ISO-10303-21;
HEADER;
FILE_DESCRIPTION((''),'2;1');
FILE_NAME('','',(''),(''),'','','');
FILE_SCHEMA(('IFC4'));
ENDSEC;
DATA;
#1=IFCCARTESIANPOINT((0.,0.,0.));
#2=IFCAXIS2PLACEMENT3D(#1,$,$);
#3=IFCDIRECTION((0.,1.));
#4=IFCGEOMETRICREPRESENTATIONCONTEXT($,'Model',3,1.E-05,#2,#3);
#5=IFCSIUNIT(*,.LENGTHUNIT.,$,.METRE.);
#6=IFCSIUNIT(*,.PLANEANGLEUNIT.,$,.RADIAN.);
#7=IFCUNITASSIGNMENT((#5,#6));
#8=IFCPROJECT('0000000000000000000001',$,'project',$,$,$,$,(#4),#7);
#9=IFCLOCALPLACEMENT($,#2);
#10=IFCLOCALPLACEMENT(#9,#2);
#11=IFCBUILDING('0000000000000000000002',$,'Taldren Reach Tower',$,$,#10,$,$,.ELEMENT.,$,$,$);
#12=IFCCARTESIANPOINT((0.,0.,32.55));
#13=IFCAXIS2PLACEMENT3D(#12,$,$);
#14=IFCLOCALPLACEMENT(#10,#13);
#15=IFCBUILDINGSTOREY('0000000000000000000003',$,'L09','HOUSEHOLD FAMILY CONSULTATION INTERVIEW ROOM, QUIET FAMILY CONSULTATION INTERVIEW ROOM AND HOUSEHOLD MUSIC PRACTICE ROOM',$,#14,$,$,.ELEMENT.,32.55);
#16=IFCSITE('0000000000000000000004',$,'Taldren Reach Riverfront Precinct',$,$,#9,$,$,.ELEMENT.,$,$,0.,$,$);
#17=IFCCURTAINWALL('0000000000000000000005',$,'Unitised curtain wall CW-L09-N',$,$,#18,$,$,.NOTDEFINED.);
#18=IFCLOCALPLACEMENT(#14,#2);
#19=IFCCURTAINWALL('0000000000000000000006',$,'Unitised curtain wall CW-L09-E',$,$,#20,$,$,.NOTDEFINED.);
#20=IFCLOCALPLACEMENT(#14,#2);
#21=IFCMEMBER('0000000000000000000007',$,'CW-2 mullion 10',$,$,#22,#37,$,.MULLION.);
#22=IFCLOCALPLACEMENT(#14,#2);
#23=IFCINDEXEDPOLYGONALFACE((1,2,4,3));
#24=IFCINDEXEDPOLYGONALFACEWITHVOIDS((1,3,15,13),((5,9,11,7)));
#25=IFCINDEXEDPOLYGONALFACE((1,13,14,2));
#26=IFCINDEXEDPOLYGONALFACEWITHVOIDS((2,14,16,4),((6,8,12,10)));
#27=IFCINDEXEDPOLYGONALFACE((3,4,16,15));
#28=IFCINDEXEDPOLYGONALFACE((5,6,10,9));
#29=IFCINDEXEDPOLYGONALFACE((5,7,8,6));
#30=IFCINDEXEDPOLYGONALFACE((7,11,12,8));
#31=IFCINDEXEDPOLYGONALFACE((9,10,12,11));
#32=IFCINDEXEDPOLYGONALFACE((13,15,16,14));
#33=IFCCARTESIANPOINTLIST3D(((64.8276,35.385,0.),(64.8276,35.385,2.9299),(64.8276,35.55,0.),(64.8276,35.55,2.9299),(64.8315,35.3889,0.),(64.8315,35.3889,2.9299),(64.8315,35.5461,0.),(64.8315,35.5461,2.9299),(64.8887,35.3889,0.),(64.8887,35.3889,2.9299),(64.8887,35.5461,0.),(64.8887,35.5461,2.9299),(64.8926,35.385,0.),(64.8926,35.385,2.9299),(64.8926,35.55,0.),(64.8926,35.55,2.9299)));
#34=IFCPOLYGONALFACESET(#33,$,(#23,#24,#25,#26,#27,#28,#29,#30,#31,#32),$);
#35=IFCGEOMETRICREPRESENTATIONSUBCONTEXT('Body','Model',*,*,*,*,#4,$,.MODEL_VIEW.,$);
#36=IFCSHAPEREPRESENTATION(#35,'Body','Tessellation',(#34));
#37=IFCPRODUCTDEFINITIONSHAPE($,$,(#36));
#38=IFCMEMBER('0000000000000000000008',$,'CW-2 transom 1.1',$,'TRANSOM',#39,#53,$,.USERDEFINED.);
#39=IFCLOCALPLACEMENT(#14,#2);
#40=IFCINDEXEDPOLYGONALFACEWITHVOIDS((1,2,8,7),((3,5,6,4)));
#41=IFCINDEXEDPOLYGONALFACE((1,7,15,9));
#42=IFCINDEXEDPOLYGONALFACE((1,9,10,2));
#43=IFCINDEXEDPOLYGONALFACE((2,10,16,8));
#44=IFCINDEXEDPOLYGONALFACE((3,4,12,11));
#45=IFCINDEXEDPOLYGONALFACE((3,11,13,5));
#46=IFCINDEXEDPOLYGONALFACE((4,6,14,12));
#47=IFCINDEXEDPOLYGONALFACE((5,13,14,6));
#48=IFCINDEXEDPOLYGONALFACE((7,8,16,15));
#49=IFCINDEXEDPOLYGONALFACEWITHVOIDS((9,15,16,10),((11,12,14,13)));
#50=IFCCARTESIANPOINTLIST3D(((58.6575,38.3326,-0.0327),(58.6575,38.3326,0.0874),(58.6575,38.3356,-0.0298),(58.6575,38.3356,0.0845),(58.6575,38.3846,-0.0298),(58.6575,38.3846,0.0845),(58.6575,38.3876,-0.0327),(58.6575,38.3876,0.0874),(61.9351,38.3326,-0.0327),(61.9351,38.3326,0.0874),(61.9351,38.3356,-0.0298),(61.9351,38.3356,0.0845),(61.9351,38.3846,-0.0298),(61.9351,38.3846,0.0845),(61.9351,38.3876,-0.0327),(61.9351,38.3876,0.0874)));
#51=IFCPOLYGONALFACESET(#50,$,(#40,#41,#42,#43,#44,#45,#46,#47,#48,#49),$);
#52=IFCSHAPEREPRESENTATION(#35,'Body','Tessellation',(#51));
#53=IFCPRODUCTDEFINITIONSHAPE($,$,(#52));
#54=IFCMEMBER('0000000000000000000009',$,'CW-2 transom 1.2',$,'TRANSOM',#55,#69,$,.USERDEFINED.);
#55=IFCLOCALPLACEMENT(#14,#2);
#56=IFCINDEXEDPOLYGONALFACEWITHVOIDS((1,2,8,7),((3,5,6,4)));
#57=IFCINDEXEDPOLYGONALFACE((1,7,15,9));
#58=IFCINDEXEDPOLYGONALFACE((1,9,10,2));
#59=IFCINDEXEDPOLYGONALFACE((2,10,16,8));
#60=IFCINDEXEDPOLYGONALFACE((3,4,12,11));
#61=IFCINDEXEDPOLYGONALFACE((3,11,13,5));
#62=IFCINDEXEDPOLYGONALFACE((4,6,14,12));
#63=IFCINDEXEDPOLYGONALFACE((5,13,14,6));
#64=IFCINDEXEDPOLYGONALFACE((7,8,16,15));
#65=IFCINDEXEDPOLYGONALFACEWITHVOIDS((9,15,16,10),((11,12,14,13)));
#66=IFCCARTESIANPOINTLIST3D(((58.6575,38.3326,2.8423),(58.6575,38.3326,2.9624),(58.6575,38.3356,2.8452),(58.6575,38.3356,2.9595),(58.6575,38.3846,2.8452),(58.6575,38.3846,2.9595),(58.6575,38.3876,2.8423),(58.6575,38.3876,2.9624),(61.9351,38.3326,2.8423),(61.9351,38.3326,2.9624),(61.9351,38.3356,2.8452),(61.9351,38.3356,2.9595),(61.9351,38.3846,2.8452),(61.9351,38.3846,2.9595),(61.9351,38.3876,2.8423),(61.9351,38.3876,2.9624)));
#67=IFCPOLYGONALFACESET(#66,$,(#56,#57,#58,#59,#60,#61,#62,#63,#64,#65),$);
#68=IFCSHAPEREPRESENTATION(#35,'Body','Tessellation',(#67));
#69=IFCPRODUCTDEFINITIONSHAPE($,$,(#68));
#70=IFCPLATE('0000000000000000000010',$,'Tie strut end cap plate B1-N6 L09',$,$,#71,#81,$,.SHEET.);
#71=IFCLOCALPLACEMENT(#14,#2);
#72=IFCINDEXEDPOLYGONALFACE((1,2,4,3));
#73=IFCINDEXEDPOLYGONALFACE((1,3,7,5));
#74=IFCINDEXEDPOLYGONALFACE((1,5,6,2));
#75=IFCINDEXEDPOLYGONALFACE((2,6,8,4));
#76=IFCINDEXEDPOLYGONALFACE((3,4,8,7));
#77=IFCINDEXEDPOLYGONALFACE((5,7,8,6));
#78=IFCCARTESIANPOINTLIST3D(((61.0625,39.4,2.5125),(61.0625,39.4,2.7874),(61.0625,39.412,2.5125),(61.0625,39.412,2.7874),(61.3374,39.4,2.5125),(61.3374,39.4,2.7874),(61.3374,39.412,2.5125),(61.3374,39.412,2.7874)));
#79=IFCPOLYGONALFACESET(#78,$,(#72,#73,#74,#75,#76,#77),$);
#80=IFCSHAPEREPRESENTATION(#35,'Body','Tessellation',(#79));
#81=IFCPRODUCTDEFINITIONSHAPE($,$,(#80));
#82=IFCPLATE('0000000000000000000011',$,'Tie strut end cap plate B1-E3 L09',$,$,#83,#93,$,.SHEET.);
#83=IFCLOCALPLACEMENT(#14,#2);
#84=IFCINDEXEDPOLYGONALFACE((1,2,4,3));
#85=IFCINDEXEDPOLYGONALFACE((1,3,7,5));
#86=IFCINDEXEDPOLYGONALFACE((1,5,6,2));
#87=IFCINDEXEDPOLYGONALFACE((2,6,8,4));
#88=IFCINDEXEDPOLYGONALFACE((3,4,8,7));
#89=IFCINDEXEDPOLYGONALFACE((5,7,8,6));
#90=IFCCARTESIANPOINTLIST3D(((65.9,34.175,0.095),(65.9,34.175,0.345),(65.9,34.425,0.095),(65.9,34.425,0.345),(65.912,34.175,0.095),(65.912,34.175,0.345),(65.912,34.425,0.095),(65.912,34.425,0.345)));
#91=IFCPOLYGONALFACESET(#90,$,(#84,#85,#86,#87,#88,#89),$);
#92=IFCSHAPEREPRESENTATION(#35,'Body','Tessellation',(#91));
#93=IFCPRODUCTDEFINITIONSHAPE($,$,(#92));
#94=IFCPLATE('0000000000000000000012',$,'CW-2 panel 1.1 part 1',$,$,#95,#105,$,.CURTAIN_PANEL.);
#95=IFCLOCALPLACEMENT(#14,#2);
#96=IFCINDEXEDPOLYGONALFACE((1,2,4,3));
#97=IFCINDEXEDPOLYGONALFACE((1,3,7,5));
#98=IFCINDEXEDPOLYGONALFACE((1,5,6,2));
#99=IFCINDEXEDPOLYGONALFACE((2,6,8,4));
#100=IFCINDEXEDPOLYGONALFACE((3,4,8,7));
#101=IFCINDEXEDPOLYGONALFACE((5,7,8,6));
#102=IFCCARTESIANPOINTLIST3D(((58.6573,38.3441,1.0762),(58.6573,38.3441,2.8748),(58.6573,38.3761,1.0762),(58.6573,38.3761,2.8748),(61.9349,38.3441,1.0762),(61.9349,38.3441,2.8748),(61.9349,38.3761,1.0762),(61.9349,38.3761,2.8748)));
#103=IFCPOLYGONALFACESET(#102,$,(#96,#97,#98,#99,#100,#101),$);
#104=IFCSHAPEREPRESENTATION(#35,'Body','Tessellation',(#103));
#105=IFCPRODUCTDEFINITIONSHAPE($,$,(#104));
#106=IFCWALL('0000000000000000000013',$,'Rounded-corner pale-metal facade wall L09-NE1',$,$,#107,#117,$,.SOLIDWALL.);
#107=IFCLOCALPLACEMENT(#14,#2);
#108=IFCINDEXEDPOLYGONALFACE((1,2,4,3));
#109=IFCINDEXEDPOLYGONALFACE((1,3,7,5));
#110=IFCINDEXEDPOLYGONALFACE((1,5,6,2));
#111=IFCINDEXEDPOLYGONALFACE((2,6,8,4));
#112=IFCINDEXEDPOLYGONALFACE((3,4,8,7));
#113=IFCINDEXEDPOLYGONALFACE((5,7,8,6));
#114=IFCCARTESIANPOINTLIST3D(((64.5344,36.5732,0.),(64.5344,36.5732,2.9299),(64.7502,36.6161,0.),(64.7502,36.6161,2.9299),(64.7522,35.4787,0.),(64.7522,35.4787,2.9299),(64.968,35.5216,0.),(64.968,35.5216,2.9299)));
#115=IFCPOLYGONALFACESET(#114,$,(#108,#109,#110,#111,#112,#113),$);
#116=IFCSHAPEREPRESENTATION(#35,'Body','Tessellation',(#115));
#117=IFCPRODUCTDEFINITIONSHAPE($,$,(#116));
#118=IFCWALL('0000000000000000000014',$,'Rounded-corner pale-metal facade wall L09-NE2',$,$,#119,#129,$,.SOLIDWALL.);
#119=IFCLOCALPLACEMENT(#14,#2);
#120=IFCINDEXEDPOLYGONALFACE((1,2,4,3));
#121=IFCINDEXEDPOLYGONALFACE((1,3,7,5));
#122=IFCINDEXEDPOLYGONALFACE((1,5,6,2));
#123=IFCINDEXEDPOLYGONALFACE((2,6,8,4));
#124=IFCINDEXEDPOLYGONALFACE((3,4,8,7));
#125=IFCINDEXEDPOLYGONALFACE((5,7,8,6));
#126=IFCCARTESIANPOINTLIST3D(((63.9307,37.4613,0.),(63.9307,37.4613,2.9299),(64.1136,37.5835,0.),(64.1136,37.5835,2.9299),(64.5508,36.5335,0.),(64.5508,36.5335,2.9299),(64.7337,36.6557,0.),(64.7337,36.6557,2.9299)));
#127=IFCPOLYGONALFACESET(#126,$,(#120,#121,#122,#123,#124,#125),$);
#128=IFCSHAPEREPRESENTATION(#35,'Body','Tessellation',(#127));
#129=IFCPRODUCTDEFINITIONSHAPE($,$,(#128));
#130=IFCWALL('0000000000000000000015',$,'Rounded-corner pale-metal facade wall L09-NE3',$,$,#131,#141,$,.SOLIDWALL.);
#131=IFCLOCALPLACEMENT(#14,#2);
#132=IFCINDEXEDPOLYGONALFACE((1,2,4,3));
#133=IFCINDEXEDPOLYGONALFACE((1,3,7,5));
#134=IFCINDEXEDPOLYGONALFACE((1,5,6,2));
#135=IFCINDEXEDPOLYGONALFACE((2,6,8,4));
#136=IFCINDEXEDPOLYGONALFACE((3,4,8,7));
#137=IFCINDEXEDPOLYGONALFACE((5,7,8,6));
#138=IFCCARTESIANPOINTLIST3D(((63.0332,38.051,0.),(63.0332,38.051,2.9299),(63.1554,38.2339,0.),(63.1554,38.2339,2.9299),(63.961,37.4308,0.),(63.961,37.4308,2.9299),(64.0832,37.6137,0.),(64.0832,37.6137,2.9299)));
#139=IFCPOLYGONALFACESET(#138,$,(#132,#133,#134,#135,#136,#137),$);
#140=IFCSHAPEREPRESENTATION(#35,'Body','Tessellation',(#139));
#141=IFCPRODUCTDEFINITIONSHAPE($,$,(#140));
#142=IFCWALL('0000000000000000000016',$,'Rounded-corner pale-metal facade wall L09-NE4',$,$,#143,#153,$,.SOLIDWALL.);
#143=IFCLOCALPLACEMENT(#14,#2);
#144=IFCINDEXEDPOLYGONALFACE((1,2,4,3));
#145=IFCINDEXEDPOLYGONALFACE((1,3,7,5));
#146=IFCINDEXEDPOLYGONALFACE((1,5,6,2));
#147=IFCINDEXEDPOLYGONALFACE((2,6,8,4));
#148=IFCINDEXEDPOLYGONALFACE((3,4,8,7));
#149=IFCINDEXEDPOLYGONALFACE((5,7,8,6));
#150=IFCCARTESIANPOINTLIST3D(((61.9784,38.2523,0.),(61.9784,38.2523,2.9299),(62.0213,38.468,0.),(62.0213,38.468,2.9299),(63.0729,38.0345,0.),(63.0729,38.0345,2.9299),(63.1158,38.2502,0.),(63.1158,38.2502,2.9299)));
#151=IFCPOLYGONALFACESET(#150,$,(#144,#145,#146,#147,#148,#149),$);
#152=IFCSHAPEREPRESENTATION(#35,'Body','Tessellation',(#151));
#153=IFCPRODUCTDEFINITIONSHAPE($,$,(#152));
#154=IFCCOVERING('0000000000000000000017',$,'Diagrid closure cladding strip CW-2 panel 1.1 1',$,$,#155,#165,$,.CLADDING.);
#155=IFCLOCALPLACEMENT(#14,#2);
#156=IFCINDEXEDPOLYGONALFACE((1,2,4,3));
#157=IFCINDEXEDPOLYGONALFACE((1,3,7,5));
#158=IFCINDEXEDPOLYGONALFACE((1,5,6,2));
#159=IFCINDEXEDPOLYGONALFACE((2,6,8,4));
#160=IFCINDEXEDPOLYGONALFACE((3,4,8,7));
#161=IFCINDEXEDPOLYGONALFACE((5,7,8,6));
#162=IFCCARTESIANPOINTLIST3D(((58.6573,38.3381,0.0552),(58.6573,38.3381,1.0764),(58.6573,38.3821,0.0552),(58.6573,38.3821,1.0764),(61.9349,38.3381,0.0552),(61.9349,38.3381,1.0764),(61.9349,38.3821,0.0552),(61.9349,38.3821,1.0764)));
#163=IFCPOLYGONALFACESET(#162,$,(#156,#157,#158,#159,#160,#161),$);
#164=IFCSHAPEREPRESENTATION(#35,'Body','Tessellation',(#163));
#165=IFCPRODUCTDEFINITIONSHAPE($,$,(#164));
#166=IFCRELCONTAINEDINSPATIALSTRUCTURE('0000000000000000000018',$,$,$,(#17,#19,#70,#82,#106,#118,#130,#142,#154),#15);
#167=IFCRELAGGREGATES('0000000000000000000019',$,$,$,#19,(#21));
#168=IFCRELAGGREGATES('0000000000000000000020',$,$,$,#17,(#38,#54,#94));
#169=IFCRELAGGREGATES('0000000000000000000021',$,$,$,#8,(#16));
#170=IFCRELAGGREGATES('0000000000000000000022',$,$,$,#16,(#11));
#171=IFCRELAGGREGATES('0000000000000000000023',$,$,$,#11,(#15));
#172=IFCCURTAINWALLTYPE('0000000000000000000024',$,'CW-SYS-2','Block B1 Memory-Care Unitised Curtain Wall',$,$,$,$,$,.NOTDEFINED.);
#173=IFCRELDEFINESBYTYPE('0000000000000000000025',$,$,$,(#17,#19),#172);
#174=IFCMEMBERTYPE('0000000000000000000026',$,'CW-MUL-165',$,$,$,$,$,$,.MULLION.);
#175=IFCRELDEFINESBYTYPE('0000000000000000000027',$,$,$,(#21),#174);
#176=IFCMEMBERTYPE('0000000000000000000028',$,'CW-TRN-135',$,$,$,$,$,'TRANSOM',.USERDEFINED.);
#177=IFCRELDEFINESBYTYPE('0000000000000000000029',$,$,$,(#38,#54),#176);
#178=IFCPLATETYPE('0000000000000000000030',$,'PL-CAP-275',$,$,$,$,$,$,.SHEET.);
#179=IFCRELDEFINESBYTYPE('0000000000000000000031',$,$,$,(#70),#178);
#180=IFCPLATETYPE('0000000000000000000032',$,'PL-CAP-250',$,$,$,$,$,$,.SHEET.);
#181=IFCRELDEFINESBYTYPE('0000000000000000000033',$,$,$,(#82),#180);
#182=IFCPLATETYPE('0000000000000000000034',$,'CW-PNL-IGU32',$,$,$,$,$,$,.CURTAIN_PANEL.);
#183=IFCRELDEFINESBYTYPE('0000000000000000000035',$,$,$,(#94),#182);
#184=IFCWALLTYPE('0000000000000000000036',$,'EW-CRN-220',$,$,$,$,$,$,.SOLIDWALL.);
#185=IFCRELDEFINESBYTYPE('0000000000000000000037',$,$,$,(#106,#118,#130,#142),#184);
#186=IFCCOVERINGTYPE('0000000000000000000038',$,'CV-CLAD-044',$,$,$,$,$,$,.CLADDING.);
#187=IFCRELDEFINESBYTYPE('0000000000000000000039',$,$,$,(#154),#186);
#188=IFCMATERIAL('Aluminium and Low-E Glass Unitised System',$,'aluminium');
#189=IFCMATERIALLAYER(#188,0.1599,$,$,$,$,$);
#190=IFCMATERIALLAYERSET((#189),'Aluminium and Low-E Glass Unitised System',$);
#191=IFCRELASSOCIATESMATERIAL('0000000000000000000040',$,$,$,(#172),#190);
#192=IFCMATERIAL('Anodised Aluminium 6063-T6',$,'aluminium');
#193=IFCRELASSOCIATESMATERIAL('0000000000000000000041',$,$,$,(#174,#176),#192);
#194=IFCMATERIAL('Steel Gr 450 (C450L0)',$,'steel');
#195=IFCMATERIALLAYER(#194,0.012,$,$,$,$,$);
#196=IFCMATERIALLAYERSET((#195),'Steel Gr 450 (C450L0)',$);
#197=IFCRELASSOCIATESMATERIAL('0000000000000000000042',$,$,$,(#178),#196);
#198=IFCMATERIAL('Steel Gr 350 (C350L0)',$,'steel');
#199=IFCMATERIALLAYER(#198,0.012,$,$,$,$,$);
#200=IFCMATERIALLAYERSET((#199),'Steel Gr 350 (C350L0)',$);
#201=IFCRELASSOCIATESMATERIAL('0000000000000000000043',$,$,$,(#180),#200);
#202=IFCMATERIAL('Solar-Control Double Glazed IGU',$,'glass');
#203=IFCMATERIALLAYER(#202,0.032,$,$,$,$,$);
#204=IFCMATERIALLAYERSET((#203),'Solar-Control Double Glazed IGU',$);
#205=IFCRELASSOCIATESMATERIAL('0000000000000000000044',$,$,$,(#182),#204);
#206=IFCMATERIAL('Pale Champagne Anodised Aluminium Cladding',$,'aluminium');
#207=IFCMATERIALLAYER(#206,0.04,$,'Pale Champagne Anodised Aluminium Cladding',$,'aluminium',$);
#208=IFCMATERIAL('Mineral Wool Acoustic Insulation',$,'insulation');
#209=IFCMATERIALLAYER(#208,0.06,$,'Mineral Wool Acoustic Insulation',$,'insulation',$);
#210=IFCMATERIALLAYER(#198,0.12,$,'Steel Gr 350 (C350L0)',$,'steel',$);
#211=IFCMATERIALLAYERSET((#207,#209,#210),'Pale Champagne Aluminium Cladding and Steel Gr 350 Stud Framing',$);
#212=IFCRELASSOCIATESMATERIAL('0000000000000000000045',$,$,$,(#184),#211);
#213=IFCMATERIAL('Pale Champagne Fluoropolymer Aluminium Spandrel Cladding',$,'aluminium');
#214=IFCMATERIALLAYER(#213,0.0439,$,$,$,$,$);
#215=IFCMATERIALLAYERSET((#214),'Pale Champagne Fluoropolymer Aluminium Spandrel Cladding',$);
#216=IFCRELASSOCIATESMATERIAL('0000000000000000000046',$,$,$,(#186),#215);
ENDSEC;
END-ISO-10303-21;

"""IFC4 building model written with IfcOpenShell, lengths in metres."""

from ifc_helpers import new_model, si_unit, direction, frame, frame_2d, origin, origin_2d, place, context, subcontext, project, spatial, rectangle, hollow_rectangle, extrude, source, transform, mapped, material, layer, layer_set, material_profile, profile_set, type_object, element, aggregate, save


model = new_model("IFC4")

# Units and contexts
model_context = context("Model", 3, precision=1e-05, world=origin(), true_north=direction((0.0, 1.0)))
body_context = subcontext(model_context, "Body", "Model", "MODEL_VIEW")
ifc_project = project(units=[si_unit("LENGTHUNIT", "METRE"), si_unit("PLANEANGLEUNIT", "RADIAN")], contexts=[model_context])

# Site, building, storey
site_placement = place(None, origin())
site = spatial("IfcSite", under=ifc_project, at=site_placement, Name="Taldren Reach Riverfront Precinct", CompositionType="ELEMENT", RefElevation=0.0)
building_placement = place(site_placement, origin())
building = spatial("IfcBuilding", under=site, at=building_placement, Name="Taldren Reach Tower", CompositionType="ELEMENT")
storey_placement = place(building_placement, frame((0.0, 0.0, 32.55)))
storey = spatial("IfcBuildingStorey", under=building, at=storey_placement, Name="L09", Description="HOUSEHOLD FAMILY CONSULTATION INTERVIEW ROOM, QUIET FAMILY CONSULTATION INTERVIEW ROOM AND HOUSEHOLD MUSIC PRACTICE ROOM", CompositionType="ELEMENT", Elevation=32.55)

# Shared definitions
ifc_material_1 = material(Name="Steel Gr 450 (C450L0)", Category="steel")
ifc_material_2 = material(Name="Steel Gr 350 (C350L0)", Category="steel")

# Curtain walls, member
ifc_material_3 = material(Name="Aluminium and Low-E Glass Unitised System", Category="aluminium")
ifc_layer_1 = layer(ifc_material_3, 0.1599)
ifc_layer_set_1 = layer_set([ifc_layer_1], Name="Aluminium and Low-E Glass Unitised System")
curtain_wall_type = type_object("IfcCurtainWallType", Name="CW-SYS-2", Description="Block B1 Memory-Care Unitised Curtain Wall", PredefinedType="NOTDEFINED", material=ifc_layer_set_1)
curtain_wall_1_placement = place(storey_placement, origin())
curtain_wall_1 = element("IfcCurtainWall", 1, at=curtain_wall_1_placement, inside=storey, type_object=curtain_wall_type, Name="Unitised curtain wall CW-L09-N", PredefinedType="NOTDEFINED")
ifc_material_4 = material(Name="Anodised Aluminium 6063-T6", Category="aluminium")
ifc_material_profile_1 = material_profile(ifc_material_4, hollow_rectangle(XDim=0.0649, YDim=0.165, WallThickness=0.0039, at=origin_2d()), Name="ALU-165x65x4RHS")
ifc_profile_set_1 = profile_set([ifc_material_profile_1], Name="Anodised Aluminium 6063-T6")
member_type_1 = type_object("IfcMemberType", Name="CW-MUL-165", PredefinedType="MULLION", material=ifc_profile_set_1)
shared_shape_1 = source(origin(), body_context, "Body", "SweptSolid", [
    extrude(hollow_rectangle(XDim=0.0649, YDim=0.165, WallThickness=0.0039, at=origin_2d()), origin(), (0.0, 0.0, 1.0), 2.9299),
])
curtain_wall_2_placement = place(storey_placement, origin())
curtain_wall_2 = element("IfcCurtainWall", 2, at=curtain_wall_2_placement, inside=storey, type_object=curtain_wall_type, Name="Unitised curtain wall CW-L09-E", PredefinedType="NOTDEFINED")
member_1_placement = place(storey_placement, frame((64.8601, 35.4675, 0.0), z_axis=(0.0, 0.0, 1.0), x_axis=(-1.0, 0.0, 0.0)))
member_1 = element("IfcMember", 3, at=member_1_placement, type_object=member_type_1, Name="CW-2 mullion 10", PredefinedType="MULLION", context=body_context, shape_type="MappedRepresentation", body=[
    mapped(shared_shape_1, transform((0.0, 0.0, 0.0), scale=1.0)),
])
aggregate(curtain_wall_2, [member_1])

# Members
ifc_material_profile_2 = material_profile(ifc_material_4, hollow_rectangle(XDim=0.0549, YDim=0.1201, WallThickness=0.0029, at=origin_2d()), Name="ALU-120x55x3RHS")
ifc_profile_set_2 = profile_set([ifc_material_profile_2], Name="Anodised Aluminium 6063-T6")
member_type_2 = type_object("IfcMemberType", Name="CW-TRN-135", ElementType="TRANSOM", PredefinedType="USERDEFINED", material=ifc_profile_set_2)
shared_shape_2 = source(origin(), body_context, "Body", "SweptSolid", [
    extrude(hollow_rectangle(XDim=0.0549, YDim=0.1201, WallThickness=0.0029, at=origin_2d()), origin(), (0.0, 0.0, 1.0), 3.2776),
])
member_2_placement = place(storey_placement, frame((61.9351, 38.3601, 0.0273), z_axis=(-1.0, 0.0, 0.0), x_axis=(0.0, -1.0, 0.0)))
member_2 = element("IfcMember", 4, at=member_2_placement, type_object=member_type_2, Name="CW-2 transom 1.1", ObjectType="TRANSOM", PredefinedType="USERDEFINED", context=body_context, shape_type="MappedRepresentation", body=[
    mapped(shared_shape_2, transform((0.0, 0.0, 0.0), scale=1.0)),
])
member_3_placement = place(storey_placement, frame((61.9351, 38.3601, 2.9023), z_axis=(-1.0, 0.0, 0.0), x_axis=(0.0, -1.0, 0.0)))
member_3 = element("IfcMember", 5, at=member_3_placement, type_object=member_type_2, Name="CW-2 transom 1.2", ObjectType="TRANSOM", PredefinedType="USERDEFINED", context=body_context, shape_type="MappedRepresentation", body=[
    mapped(shared_shape_2, transform((0.0, 0.0, 0.0), scale=1.0)),
])

# Plates
ifc_layer_2 = layer(ifc_material_1, 0.012)
ifc_layer_set_2 = layer_set([ifc_layer_2], Name="Steel Gr 450 (C450L0)")
plate_type_1 = type_object("IfcPlateType", Name="PL-CAP-275", PredefinedType="SHEET", material=ifc_layer_set_2)
shared_shape_3 = source(origin(), body_context, "Body", "SweptSolid", [
    extrude(rectangle(XDim=0.2749, YDim=0.012, at=origin_2d()), origin(), (0.0, 0.0, 1.0), 0.2749),
])
plate_1_placement = place(storey_placement, frame((61.2, 39.406, 2.5125), z_axis=(0.0, 0.0, 1.0), x_axis=(1.0, 0.0, 0.0)))
element("IfcPlate", 6, at=plate_1_placement, inside=storey, type_object=plate_type_1, Name="Tie strut end cap plate B1-N6 L09", PredefinedType="SHEET", context=body_context, shape_type="MappedRepresentation", body=[
    mapped(shared_shape_3, transform((0.0, 0.0, 0.0), scale=1.0)),
])
ifc_layer_3 = layer(ifc_material_2, 0.012)
ifc_layer_set_3 = layer_set([ifc_layer_3], Name="Steel Gr 350 (C350L0)")
plate_type_2 = type_object("IfcPlateType", Name="PL-CAP-250", PredefinedType="SHEET", material=ifc_layer_set_3)
shared_shape_4 = source(origin(), body_context, "Body", "SweptSolid", [
    extrude(rectangle(XDim=0.012, YDim=0.25, at=origin_2d()), origin(), (0.0, 0.0, 1.0), 0.25),
])
plate_2_placement = place(storey_placement, frame((65.906, 34.3, 0.095), z_axis=(0.0, 0.0, 1.0), x_axis=(1.0, 0.0, 0.0)))
element("IfcPlate", 7, at=plate_2_placement, inside=storey, type_object=plate_type_2, Name="Tie strut end cap plate B1-E3 L09", PredefinedType="SHEET", context=body_context, shape_type="MappedRepresentation", body=[
    mapped(shared_shape_4, transform((0.0, 0.0, 0.0), scale=1.0)),
])

# Plate
ifc_material_5 = material(Name="Solar-Control Double Glazed IGU", Category="glass")
ifc_layer_4 = layer(ifc_material_5, 0.032)
ifc_layer_set_4 = layer_set([ifc_layer_4], Name="Solar-Control Double Glazed IGU")
plate_type_3 = type_object("IfcPlateType", Name="CW-PNL-IGU32", PredefinedType="CURTAIN_PANEL", material=ifc_layer_set_4)
shared_shape_5 = source(origin(), body_context, "Body", "SweptSolid", [
    extrude(rectangle(XDim=3.2776, YDim=0.032, at=origin_2d()), origin(), (0.0, 0.0, 1.0), 1.7986),
])
plate_3_placement = place(storey_placement, frame((60.2961, 38.3601, 1.0762), z_axis=(0.0, 0.0, 1.0), x_axis=(-1.0, 0.0, 0.0)))
plate_3 = element("IfcPlate", 8, at=plate_3_placement, type_object=plate_type_3, Name="CW-2 panel 1.1 part 1", PredefinedType="CURTAIN_PANEL", context=body_context, shape_type="MappedRepresentation", body=[
    mapped(shared_shape_5, transform((0.0, 0.0, 0.0), scale=1.0)),
])
aggregate(curtain_wall_1, [member_2, member_3, plate_3])

# Walls
ifc_material_6 = material(Name="Pale Champagne Anodised Aluminium Cladding", Category="aluminium")
ifc_layer_5 = layer(ifc_material_6, 0.04, Name="Pale Champagne Anodised Aluminium Cladding", Category="aluminium")
ifc_material_7 = material(Name="Mineral Wool Acoustic Insulation", Category="insulation")
ifc_layer_6 = layer(ifc_material_7, 0.06, Name="Mineral Wool Acoustic Insulation", Category="insulation")
ifc_layer_7 = layer(ifc_material_2, 0.12, Name="Steel Gr 350 (C350L0)", Category="steel")
ifc_layer_set_5 = layer_set([ifc_layer_5, ifc_layer_6, ifc_layer_7], Name="Pale Champagne Aluminium Cladding and Steel Gr 350 Stud Framing")
wall_type = type_object("IfcWallType", Name="EW-CRN-220", PredefinedType="SOLIDWALL", material=ifc_layer_set_5)
shared_shape_6 = source(origin(), body_context, "Body", "SweptSolid", [
    extrude(rectangle(XDim=1.116, YDim=0.22, at=frame_2d((0.5581, 0.0))), origin(), (0.0, 0.0, 1.0), 2.9299),
])
for number, where, z_axis, x_axis, name in (
    (9, (64.8601, 35.5, 0.0), (0.0, 0.0, 1.0), (-0.195148, 0.980774, 0.0), "Rounded-corner pale-metal facade wall L09-NE1"),
    (10, (64.6423, 36.5945, 0.0), (0.0, 0.0, 1.0), (-0.55571, 0.831377, 0.0), "Rounded-corner pale-metal facade wall L09-NE2"),
    (11, (64.0222, 37.5222, 0.0), (0.0, 0.0, 1.0), (-0.831377, 0.55571, 0.0), "Rounded-corner pale-metal facade wall L09-NE3"),
    (12, (63.0945, 38.1423, 0.0), (0.0, 0.0, 1.0), (-0.980774, 0.195148, 0.0), "Rounded-corner pale-metal facade wall L09-NE4"),
):
    element("IfcWall", number, at=place(storey_placement, frame(where, z_axis=z_axis, x_axis=x_axis)), inside=storey, type_object=wall_type, Name=name, PredefinedType="SOLIDWALL", context=body_context, shape_type="MappedRepresentation", body=[
        mapped(shared_shape_6, transform((0.0, 0.0, 0.0), scale=1.0)),
    ])

# Covering
ifc_material_8 = material(Name="Pale Champagne Fluoropolymer Aluminium Spandrel Cladding", Category="aluminium")
ifc_layer_8 = layer(ifc_material_8, 0.0439)
ifc_layer_set_6 = layer_set([ifc_layer_8], Name="Pale Champagne Fluoropolymer Aluminium Spandrel Cladding")
covering_type = type_object("IfcCoveringType", Name="CV-CLAD-044", PredefinedType="CLADDING", material=ifc_layer_set_6)
shared_shape_7 = source(origin(), body_context, "Body", "SweptSolid", [
    extrude(rectangle(XDim=3.2776, YDim=0.0439, at=origin_2d()), origin(), (0.0, 0.0, 1.0), 1.0212),
])
covering_placement = place(storey_placement, frame((60.2961, 38.3601, 0.0552), z_axis=(0.0, 0.0, 1.0), x_axis=(-1.0, 0.0, 0.0)))
element("IfcCovering", 13, at=covering_placement, inside=storey, type_object=covering_type, Name="Diagrid closure cladding strip CW-2 panel 1.1 1", PredefinedType="CLADDING", context=body_context, shape_type="MappedRepresentation", body=[
    mapped(shared_shape_7, transform((0.0, 0.0, 0.0), scale=1.0)),
])

save(model, "model.ifc")
